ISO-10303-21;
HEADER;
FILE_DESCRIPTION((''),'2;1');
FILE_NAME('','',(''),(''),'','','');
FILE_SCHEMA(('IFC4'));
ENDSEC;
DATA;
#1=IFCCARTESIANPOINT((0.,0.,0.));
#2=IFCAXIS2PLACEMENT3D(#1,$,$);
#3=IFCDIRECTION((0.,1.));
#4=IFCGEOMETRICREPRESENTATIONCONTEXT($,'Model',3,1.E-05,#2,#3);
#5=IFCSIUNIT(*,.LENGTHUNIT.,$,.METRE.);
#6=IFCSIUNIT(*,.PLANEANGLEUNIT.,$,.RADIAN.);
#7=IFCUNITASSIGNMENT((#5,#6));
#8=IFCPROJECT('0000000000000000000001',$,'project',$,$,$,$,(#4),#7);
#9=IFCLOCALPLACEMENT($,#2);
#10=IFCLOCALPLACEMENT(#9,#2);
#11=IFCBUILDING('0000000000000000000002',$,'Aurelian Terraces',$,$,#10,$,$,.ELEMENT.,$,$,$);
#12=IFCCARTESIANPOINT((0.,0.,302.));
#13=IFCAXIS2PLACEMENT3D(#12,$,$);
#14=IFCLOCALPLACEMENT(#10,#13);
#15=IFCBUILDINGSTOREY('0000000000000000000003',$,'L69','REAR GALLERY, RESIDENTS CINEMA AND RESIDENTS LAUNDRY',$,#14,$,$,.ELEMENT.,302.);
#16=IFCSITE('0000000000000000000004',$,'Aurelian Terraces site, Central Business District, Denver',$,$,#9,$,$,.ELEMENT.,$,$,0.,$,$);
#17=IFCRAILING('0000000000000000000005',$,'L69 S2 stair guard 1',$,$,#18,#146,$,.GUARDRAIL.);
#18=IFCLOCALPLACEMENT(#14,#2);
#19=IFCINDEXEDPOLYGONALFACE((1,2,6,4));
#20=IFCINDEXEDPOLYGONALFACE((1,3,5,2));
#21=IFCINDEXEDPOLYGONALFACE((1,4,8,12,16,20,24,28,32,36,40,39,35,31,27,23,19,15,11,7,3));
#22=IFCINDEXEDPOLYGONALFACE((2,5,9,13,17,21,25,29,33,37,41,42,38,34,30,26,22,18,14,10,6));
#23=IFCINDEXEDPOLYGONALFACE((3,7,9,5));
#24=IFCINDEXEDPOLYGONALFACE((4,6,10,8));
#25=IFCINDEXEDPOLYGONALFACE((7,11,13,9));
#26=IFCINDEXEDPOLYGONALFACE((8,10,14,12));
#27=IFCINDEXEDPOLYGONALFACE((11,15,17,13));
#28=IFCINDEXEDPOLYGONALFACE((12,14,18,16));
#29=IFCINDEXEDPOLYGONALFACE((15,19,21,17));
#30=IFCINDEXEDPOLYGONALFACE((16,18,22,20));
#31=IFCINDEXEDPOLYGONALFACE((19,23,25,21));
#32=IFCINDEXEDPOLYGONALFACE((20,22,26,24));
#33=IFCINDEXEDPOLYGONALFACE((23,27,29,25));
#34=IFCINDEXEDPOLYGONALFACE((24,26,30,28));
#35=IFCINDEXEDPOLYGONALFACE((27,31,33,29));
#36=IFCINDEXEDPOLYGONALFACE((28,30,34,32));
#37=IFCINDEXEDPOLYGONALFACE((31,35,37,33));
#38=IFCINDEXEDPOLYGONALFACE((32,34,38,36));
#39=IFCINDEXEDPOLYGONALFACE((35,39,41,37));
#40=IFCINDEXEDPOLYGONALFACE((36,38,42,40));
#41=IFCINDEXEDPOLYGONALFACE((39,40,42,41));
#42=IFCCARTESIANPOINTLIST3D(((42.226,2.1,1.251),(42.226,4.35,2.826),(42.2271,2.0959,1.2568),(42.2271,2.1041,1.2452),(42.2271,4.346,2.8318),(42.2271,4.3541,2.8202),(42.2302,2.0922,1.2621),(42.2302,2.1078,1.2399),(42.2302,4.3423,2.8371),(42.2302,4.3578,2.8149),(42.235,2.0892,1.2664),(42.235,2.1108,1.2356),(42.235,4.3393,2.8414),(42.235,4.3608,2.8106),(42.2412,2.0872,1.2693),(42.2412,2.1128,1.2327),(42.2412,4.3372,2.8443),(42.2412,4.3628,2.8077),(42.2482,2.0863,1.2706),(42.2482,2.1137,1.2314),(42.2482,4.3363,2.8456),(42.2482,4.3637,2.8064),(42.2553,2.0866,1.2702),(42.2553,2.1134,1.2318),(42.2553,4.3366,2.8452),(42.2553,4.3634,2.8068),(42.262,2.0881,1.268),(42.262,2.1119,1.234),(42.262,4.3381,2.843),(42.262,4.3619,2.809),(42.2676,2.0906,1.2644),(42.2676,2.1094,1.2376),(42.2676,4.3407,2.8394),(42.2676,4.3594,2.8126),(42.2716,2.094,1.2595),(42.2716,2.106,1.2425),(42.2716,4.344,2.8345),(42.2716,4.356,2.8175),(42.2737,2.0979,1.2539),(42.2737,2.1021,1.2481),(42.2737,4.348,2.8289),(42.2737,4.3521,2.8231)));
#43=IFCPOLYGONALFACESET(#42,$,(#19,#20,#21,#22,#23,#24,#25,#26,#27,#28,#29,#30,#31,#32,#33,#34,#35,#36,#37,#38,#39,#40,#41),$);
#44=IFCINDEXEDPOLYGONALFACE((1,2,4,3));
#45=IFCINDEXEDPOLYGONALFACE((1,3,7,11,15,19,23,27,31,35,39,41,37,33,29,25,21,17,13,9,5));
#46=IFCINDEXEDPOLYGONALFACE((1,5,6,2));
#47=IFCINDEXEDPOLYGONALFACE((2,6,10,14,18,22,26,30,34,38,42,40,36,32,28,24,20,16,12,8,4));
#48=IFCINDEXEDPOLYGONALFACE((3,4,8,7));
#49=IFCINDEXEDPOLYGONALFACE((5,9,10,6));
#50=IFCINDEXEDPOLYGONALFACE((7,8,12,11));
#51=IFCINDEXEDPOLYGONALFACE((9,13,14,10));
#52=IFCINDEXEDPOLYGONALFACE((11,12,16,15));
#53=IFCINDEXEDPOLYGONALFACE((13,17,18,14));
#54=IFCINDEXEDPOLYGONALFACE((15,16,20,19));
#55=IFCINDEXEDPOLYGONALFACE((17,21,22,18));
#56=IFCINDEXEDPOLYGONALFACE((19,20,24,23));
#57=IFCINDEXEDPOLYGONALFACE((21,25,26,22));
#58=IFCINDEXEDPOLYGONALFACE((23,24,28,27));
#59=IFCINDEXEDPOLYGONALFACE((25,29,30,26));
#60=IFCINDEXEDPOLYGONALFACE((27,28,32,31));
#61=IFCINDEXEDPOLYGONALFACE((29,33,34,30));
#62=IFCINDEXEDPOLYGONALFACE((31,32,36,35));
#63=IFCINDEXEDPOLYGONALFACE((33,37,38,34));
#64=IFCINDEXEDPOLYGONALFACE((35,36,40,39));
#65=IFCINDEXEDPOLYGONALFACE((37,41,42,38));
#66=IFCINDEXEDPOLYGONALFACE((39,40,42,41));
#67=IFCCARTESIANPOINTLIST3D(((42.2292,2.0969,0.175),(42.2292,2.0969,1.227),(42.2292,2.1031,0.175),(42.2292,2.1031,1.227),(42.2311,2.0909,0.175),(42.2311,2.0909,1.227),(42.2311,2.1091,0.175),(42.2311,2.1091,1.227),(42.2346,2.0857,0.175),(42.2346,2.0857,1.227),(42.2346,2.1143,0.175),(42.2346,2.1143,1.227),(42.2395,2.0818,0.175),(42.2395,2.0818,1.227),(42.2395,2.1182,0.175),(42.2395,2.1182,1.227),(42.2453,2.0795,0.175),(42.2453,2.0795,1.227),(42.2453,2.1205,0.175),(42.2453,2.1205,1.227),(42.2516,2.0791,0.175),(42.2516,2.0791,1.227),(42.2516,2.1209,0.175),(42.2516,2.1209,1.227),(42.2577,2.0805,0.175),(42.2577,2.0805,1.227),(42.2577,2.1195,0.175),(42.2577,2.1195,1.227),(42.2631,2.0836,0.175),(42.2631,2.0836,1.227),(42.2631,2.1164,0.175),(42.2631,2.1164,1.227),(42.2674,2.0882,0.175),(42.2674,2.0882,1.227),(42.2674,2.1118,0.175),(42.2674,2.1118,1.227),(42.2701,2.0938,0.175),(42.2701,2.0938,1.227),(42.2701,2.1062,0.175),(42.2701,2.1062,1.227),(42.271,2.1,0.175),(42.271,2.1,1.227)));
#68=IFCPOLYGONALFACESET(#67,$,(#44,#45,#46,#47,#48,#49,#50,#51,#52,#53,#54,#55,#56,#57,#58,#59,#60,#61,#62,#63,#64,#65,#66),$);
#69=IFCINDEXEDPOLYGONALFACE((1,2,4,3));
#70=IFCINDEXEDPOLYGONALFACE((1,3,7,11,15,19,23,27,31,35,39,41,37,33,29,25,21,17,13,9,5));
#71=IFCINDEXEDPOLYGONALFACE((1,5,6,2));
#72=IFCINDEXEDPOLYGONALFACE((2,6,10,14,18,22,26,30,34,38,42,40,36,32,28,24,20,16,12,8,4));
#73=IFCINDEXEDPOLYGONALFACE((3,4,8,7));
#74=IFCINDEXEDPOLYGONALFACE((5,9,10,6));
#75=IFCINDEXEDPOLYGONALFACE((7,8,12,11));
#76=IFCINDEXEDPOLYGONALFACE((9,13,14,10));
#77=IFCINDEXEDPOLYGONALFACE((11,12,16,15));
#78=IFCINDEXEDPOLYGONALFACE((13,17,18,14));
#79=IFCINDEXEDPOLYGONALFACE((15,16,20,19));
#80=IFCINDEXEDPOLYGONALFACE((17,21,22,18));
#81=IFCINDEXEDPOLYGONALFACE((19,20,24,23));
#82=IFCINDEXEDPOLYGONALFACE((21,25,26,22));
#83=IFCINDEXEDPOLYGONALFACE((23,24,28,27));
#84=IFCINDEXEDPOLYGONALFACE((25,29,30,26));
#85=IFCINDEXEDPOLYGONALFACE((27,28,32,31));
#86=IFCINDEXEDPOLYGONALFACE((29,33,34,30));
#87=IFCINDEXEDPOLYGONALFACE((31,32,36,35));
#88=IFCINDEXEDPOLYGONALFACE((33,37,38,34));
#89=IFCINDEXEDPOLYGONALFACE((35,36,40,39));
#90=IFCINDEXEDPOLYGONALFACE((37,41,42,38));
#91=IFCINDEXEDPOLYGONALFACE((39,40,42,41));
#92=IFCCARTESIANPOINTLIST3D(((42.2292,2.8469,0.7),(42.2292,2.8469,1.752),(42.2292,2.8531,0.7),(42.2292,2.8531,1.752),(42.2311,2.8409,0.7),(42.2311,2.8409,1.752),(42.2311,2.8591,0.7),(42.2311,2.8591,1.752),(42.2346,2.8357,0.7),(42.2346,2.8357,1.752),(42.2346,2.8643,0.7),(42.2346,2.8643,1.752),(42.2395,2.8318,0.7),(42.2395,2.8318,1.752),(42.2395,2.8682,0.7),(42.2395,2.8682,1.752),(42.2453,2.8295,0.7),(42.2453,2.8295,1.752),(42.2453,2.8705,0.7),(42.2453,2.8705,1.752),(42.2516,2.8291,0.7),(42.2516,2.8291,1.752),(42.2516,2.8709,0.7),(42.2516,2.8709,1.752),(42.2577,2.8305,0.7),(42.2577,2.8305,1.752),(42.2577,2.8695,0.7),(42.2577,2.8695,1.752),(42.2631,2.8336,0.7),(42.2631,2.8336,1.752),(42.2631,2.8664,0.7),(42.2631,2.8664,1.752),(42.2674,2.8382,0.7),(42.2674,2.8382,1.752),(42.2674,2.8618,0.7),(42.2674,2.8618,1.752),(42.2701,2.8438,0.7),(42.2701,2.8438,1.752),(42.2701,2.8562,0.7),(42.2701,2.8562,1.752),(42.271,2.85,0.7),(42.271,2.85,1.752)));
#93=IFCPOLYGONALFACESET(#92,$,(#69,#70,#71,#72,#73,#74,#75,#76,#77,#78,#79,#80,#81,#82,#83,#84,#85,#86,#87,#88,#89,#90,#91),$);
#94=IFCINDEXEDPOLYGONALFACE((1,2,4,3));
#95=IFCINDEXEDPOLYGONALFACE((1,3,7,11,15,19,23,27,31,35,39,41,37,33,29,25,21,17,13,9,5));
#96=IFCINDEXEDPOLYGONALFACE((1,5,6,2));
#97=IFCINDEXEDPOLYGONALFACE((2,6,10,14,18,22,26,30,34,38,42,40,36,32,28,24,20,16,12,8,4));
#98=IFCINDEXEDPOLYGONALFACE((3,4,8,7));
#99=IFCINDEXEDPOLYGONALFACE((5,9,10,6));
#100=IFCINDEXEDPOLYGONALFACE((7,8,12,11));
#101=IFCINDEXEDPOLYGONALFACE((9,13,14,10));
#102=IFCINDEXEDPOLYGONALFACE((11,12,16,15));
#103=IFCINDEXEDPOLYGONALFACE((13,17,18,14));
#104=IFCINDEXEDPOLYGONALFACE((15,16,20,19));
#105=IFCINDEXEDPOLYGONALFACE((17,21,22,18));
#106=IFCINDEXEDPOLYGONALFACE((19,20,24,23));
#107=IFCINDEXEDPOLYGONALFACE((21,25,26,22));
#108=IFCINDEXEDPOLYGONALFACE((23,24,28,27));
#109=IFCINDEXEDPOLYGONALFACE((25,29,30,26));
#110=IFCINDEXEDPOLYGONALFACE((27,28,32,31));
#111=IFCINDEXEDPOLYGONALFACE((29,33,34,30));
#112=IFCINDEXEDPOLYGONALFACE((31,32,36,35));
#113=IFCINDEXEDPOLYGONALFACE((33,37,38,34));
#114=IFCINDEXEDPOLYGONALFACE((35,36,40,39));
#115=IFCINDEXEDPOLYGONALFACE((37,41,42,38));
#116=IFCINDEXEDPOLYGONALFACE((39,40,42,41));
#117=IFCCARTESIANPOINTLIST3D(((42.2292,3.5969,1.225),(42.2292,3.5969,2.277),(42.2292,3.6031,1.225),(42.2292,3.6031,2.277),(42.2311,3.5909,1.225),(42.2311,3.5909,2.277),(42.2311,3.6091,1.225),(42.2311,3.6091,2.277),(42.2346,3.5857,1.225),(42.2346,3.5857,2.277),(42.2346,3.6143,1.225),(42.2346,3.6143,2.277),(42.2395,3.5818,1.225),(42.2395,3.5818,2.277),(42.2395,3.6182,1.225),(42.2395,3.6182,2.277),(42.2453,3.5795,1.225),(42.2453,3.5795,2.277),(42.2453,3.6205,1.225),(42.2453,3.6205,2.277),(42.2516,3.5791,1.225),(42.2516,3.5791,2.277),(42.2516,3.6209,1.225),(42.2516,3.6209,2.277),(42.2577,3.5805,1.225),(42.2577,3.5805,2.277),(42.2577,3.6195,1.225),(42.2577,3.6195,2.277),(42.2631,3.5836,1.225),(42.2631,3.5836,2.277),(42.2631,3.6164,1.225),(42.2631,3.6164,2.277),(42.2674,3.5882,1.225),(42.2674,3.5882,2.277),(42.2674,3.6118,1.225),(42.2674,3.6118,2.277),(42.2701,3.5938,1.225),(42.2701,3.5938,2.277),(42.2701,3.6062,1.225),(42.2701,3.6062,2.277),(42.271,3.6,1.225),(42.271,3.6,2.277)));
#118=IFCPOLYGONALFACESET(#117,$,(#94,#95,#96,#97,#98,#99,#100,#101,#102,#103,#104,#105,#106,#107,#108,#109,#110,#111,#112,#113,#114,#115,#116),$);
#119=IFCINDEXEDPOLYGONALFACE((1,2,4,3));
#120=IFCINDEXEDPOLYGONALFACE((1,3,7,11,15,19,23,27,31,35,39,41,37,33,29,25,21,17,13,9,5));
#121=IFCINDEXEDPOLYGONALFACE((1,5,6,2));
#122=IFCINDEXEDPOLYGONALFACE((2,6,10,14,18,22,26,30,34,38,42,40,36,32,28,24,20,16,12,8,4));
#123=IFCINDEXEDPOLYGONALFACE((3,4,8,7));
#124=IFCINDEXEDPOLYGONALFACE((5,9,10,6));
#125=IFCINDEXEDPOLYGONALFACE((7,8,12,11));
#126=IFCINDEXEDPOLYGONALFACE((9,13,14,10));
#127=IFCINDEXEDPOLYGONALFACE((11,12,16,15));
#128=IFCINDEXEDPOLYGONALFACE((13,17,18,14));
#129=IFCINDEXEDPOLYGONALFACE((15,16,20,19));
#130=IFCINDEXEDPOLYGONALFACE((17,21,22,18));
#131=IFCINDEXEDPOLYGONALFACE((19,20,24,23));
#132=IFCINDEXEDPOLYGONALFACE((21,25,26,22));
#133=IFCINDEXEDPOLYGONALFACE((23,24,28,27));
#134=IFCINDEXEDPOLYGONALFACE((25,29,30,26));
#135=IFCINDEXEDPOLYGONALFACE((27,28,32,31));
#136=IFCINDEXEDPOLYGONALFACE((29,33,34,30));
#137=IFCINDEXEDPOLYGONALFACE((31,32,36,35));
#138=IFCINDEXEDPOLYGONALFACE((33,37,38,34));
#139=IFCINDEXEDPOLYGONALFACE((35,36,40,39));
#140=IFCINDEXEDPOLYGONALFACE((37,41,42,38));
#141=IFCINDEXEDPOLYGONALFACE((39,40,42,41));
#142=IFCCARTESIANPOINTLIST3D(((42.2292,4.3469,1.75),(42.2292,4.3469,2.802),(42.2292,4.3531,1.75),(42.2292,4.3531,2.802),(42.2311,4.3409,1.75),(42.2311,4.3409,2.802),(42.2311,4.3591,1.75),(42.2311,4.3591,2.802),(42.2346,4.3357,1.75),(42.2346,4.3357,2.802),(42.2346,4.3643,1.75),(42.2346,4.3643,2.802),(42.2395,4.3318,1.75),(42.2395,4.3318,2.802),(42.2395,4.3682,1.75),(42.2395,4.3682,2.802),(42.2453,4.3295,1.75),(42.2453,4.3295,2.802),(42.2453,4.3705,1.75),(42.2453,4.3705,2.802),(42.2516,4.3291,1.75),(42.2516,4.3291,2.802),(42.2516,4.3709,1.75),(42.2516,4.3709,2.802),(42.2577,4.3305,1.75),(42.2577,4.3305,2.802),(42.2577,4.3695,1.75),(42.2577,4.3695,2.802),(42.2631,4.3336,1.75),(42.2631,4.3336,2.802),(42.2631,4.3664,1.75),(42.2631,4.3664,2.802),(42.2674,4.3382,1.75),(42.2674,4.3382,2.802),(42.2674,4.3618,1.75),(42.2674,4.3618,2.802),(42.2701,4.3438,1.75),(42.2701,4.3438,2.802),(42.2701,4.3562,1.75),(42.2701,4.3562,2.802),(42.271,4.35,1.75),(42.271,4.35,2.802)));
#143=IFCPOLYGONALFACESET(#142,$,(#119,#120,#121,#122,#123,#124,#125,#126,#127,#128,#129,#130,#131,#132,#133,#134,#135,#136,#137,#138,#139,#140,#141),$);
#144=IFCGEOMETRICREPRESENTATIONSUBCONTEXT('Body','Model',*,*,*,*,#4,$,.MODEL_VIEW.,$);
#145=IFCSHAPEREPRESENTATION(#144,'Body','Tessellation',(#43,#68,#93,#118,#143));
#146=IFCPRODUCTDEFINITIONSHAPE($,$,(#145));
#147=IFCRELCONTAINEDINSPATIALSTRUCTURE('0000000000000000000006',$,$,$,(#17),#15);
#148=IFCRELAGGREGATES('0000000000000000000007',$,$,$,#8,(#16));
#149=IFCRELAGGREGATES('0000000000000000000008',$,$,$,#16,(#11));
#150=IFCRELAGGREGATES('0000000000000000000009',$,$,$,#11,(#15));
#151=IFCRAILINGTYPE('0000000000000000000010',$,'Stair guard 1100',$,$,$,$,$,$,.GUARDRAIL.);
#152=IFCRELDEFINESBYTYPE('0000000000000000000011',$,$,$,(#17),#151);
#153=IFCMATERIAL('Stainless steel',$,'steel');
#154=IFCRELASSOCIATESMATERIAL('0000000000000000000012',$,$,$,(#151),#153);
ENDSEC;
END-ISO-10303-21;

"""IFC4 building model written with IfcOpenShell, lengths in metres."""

from ifc_helpers import new_model, si_unit, direction, frame, origin, origin_2d, place, context, subcontext, project, spatial, circle, extrude, source, transform, mapped, material, type_object, element, save


model = new_model("IFC4")

# Units and contexts
model_context = context("Model", 3, precision=1e-05, world=origin(), true_north=direction((0.0, 1.0)))
body_context = subcontext(model_context, "Body", "Model", "MODEL_VIEW")
ifc_project = project(units=[si_unit("LENGTHUNIT", "METRE"), si_unit("PLANEANGLEUNIT", "RADIAN")], contexts=[model_context])

# Site, building, storey
site_placement = place(None, origin())
site = spatial("IfcSite", under=ifc_project, at=site_placement, Name="Aurelian Terraces site, Central Business District, Denver", CompositionType="ELEMENT", RefElevation=0.0)
building_placement = place(site_placement, origin())
building = spatial("IfcBuilding", under=site, at=building_placement, Name="Aurelian Terraces", CompositionType="ELEMENT")
storey_placement = place(building_placement, frame((0.0, 0.0, 302.0)))
storey = spatial("IfcBuildingStorey", under=building, at=storey_placement, Name="L69", Description="REAR GALLERY, RESIDENTS CINEMA AND RESIDENTS LAUNDRY", CompositionType="ELEMENT", Elevation=302.0)

# Railing
ifc_material_1 = material(Name="Stainless steel", Category="steel")
railing_type_1 = type_object("IfcRailingType", Name="Stair guard 1100", PredefinedType="GUARDRAIL", material=ifc_material_1)
shared_shape_1 = source(origin(), body_context, "Body", "SweptSolid", [
    extrude(circle(Radius=0.024, at=origin_2d()), frame((0.0, 0.0, 1.076), z_axis=(0.0, 0.819232, 0.573462), x_axis=(-1.0, 0.0, 0.0)), (0.0, 0.0, 1.0), 2.7465),
    extrude(circle(Radius=0.021, at=origin_2d()), origin(), (0.0, 0.0, 1.0), 1.052),
    extrude(circle(Radius=0.021, at=origin_2d()), frame((0.0, 0.75, 0.525)), (0.0, 0.0, 1.0), 1.052),
    extrude(circle(Radius=0.021, at=origin_2d()), frame((0.0, 1.5, 1.05)), (0.0, 0.0, 1.0), 1.052),
    extrude(circle(Radius=0.021, at=origin_2d()), frame((0.0, 2.25, 1.575)), (0.0, 0.0, 1.0), 1.052),
])
railing_1_placement = place(storey_placement, frame((42.25, 2.1, 0.175)))
element("IfcRailing", 1, at=railing_1_placement, inside=storey, type_object=railing_type_1, Name="L69 S2 stair guard 1", PredefinedType="GUARDRAIL", context=body_context, shape_type="MappedRepresentation", body=[
    mapped(shared_shape_1, transform((0.0, 0.0, 0.0), scale=1.0)),
])

save(model, "model.ifc")
